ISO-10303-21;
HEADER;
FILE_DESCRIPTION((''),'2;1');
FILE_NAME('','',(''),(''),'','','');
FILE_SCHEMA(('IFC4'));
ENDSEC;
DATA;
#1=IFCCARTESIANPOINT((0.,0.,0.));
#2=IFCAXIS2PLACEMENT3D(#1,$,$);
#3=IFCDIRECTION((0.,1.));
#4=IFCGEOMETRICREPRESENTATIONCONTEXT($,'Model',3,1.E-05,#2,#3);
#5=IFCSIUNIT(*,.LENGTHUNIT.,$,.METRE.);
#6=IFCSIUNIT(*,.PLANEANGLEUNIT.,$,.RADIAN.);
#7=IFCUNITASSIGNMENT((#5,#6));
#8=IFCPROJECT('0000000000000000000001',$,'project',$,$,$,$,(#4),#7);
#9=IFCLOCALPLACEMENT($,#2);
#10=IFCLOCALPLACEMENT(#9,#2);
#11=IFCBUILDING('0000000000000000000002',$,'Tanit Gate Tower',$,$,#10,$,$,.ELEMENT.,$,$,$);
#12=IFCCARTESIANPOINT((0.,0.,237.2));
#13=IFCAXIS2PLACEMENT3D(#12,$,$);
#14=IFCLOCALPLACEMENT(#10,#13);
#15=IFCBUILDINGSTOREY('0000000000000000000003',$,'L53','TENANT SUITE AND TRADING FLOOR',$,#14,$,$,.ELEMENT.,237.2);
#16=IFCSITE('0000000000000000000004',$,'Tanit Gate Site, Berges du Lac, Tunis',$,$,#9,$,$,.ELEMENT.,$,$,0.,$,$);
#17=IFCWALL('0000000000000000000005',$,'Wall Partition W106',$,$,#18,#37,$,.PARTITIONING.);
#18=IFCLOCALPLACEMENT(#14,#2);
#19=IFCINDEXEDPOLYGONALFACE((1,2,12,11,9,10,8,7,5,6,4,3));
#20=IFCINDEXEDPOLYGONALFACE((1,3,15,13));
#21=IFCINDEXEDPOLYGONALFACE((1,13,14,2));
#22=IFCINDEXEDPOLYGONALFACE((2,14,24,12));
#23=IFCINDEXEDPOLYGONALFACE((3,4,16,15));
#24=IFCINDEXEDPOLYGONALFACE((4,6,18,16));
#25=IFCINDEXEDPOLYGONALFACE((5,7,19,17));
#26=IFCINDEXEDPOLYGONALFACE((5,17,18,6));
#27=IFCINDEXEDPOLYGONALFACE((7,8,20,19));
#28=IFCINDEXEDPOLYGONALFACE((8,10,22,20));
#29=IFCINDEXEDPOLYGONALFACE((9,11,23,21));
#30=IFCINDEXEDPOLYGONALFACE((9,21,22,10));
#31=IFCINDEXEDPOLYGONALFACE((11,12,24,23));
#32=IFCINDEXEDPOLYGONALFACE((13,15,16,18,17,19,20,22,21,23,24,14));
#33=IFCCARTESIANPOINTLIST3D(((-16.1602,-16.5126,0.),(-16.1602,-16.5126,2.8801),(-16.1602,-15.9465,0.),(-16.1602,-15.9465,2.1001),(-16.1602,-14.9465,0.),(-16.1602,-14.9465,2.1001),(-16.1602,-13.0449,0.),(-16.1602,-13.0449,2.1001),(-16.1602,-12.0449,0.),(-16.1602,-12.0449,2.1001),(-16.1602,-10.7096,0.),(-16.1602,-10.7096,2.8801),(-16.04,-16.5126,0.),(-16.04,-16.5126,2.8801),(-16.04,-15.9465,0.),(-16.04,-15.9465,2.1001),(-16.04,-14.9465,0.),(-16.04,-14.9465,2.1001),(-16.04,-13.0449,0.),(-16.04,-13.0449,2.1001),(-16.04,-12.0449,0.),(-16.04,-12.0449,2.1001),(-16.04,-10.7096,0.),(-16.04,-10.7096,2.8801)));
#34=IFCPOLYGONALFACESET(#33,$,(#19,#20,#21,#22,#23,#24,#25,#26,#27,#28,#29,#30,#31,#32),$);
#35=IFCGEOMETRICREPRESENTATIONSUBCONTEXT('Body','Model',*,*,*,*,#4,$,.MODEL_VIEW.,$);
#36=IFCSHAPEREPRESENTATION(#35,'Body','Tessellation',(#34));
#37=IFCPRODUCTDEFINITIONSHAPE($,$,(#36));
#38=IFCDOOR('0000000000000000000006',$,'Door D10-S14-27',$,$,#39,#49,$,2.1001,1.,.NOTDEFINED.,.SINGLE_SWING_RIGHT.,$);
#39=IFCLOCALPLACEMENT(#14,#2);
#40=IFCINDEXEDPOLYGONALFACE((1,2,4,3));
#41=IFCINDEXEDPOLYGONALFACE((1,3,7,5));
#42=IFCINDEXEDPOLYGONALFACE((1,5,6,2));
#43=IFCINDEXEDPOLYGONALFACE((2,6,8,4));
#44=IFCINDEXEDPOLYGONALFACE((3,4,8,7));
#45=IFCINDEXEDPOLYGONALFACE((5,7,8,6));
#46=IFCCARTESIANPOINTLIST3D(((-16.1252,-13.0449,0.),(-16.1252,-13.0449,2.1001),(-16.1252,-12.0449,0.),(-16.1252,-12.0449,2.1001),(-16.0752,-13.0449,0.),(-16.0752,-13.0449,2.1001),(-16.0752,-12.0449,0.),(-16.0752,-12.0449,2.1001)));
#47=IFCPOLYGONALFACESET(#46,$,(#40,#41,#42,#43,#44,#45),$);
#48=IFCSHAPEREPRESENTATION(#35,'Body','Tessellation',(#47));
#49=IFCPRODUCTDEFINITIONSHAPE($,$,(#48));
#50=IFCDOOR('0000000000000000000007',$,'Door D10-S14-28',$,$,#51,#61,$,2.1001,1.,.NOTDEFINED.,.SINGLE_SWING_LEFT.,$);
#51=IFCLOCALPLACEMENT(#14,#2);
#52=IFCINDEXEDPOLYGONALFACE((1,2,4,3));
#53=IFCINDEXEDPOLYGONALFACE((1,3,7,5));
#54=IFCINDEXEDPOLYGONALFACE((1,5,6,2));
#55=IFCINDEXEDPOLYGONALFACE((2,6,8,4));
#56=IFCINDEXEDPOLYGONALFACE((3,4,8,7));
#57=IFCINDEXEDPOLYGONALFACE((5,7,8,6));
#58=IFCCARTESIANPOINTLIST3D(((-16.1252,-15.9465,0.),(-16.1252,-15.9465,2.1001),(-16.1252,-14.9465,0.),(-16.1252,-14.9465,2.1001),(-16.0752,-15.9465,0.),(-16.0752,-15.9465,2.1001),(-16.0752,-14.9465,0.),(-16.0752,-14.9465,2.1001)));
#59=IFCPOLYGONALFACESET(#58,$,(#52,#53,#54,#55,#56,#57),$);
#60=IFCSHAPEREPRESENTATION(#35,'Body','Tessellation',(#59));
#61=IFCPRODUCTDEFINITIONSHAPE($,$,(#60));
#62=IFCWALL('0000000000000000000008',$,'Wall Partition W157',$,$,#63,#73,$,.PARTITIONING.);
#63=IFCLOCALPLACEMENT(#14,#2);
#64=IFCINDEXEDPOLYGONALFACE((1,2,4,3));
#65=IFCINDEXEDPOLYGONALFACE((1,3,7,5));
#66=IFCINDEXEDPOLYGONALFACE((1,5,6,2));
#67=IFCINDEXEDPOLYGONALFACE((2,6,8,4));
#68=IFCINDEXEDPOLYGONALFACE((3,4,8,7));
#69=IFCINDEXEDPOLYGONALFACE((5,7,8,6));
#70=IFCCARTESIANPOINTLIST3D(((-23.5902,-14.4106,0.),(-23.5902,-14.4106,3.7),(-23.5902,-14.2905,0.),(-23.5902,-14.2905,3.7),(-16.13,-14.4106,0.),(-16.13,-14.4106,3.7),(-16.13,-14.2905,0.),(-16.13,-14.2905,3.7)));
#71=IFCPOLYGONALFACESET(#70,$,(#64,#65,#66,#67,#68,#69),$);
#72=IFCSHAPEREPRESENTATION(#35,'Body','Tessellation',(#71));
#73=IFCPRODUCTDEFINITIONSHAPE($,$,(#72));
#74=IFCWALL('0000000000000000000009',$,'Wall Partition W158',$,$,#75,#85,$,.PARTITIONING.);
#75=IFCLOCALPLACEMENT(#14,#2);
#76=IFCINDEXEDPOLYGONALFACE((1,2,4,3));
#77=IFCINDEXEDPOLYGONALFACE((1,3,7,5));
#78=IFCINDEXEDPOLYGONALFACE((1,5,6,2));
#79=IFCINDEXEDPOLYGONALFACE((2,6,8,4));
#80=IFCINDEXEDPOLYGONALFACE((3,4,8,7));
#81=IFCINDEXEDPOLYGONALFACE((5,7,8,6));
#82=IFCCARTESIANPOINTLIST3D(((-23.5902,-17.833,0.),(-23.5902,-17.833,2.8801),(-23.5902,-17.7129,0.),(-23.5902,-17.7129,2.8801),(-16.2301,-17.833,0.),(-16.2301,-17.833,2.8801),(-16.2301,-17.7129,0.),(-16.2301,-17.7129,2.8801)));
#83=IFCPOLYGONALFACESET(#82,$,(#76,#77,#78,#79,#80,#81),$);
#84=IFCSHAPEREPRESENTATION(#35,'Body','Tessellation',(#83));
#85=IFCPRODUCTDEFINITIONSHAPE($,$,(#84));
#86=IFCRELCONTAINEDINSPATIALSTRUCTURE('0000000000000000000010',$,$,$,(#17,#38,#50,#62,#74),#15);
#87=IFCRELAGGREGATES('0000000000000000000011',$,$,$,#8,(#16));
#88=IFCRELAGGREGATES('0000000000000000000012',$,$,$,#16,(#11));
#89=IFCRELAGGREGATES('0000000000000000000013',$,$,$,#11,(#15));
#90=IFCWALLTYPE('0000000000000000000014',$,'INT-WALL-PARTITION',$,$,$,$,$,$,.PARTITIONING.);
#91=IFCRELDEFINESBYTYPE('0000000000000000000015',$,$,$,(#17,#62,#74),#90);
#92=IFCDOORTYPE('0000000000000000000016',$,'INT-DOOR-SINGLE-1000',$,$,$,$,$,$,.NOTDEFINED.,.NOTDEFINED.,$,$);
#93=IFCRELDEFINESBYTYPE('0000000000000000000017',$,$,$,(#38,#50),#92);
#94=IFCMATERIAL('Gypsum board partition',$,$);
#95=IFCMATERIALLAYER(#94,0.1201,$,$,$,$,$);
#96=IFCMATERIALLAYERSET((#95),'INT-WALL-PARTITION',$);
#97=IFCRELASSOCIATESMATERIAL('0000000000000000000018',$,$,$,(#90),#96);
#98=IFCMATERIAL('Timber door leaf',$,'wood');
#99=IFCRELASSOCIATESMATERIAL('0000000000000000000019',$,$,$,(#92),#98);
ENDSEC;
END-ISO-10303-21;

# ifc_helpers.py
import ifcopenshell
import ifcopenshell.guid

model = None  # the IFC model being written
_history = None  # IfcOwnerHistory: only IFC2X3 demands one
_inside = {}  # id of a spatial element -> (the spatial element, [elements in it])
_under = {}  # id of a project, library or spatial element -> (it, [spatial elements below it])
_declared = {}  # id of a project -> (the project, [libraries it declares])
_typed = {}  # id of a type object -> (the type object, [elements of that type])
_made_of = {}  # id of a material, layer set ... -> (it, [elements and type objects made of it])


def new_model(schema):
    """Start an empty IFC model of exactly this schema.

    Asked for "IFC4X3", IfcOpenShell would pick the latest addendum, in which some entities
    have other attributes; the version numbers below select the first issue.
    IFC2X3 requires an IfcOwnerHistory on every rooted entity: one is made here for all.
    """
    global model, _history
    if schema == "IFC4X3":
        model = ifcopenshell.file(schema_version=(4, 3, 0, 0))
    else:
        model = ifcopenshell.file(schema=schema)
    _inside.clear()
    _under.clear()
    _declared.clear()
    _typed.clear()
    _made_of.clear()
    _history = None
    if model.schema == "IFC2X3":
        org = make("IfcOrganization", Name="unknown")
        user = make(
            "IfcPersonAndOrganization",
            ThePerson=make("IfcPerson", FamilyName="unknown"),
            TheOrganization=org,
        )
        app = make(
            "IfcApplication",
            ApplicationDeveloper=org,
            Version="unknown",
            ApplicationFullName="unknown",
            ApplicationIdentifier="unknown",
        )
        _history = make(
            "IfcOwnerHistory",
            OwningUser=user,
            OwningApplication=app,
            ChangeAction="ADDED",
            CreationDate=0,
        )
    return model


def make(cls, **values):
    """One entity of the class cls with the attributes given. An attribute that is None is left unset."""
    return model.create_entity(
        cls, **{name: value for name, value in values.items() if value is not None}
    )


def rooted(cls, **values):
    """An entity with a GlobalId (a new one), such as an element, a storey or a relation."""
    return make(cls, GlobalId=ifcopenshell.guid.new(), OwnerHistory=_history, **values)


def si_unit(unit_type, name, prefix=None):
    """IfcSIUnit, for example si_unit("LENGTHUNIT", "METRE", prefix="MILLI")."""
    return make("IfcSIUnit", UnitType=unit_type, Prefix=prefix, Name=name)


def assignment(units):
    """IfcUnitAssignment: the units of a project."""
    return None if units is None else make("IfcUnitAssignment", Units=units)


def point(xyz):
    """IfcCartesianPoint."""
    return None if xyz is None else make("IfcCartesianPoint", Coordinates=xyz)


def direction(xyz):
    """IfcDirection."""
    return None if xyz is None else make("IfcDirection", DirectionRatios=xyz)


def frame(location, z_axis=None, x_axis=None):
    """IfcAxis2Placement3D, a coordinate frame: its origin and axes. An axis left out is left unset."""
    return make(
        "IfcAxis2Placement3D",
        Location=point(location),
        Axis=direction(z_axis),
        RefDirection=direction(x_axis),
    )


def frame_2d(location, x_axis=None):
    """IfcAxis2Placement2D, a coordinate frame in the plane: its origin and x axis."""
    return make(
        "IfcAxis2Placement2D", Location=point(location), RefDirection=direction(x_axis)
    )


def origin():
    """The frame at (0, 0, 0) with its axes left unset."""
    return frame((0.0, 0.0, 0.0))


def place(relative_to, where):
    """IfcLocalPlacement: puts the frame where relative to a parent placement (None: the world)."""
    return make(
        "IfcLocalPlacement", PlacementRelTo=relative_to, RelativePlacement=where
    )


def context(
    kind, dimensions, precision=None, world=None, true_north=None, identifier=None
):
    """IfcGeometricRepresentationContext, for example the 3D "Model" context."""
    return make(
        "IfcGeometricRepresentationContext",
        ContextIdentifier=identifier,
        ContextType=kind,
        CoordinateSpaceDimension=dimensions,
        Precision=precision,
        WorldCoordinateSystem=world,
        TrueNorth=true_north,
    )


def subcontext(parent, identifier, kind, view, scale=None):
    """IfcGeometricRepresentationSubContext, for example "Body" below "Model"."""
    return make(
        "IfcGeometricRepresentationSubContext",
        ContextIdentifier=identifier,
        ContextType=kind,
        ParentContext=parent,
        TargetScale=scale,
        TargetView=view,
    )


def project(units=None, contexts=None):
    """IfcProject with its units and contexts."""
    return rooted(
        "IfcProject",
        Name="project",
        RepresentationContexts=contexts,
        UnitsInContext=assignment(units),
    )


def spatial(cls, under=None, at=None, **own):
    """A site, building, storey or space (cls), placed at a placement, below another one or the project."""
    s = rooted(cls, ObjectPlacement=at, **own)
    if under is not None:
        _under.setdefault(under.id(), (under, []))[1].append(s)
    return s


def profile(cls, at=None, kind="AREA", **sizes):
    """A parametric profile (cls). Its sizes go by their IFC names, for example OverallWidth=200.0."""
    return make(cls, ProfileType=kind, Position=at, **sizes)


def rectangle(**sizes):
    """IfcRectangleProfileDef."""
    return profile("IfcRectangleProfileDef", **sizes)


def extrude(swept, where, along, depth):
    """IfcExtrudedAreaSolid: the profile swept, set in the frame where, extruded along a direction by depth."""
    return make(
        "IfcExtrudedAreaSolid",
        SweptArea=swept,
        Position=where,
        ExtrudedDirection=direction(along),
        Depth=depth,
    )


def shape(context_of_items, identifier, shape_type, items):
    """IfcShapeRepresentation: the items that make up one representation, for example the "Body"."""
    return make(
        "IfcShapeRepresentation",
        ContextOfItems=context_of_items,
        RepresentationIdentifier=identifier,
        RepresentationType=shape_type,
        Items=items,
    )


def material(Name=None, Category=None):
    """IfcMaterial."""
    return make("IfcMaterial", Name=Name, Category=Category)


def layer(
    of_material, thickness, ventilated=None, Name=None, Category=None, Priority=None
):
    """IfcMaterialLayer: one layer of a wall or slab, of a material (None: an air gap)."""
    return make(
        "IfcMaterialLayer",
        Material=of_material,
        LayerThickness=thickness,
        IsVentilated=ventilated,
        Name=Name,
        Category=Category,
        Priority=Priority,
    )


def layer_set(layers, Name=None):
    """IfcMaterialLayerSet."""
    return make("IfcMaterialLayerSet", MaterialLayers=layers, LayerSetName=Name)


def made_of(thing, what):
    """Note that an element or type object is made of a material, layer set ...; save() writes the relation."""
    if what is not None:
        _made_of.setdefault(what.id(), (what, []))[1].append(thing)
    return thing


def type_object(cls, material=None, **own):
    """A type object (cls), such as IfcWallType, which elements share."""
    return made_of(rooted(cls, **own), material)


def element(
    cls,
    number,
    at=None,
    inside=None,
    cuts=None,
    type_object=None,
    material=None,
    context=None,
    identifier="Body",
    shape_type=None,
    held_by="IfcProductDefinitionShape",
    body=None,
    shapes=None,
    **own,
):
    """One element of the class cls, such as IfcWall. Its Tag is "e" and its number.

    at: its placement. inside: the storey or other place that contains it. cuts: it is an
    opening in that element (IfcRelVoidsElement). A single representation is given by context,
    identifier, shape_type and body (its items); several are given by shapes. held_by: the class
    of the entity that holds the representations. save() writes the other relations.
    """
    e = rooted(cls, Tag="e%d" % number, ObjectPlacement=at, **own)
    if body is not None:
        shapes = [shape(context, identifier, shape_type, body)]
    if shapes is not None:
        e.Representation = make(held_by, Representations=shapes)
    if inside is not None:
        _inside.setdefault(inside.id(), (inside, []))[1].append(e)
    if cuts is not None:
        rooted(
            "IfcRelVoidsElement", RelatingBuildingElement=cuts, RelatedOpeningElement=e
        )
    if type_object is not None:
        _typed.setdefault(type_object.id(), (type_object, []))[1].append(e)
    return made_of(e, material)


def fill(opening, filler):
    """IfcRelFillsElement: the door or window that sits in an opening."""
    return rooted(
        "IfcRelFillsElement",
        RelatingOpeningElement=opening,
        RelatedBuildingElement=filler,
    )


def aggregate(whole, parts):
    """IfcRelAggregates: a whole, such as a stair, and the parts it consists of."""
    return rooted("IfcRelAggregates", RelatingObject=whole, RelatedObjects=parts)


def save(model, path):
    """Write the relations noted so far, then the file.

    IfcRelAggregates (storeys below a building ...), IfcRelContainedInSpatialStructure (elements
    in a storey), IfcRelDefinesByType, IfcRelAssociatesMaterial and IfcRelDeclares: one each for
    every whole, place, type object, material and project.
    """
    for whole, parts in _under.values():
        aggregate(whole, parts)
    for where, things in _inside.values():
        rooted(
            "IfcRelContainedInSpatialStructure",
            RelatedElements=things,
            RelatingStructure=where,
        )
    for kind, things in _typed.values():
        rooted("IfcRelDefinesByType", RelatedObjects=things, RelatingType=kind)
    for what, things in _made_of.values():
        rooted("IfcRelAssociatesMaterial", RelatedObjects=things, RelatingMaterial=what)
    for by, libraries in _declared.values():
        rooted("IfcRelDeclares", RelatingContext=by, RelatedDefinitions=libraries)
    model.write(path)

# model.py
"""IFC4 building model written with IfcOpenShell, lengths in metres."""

from ifc_helpers import new_model, si_unit, direction, frame, frame_2d, origin, place, context, subcontext, project, spatial, rectangle, extrude, material, layer, layer_set, type_object, element, fill, save


model = new_model("IFC4")

# Units and contexts
model_context = context("Model", 3, precision=1e-05, world=origin(), true_north=direction((0.0, 1.0)))
body_context = subcontext(model_context, "Body", "Model", "MODEL_VIEW")
ifc_project = project(units=[si_unit("LENGTHUNIT", "METRE"), si_unit("PLANEANGLEUNIT", "RADIAN")], contexts=[model_context])

# Site, building, storey
site_placement = place(None, origin())
site = spatial("IfcSite", under=ifc_project, at=site_placement, Name="Tanit Gate Site, Berges du Lac, Tunis", CompositionType="ELEMENT", RefElevation=0.0)
building_placement = place(site_placement, origin())
building = spatial("IfcBuilding", under=site, at=building_placement, Name="Tanit Gate Tower", CompositionType="ELEMENT")
storey_placement = place(building_placement, frame((0.0, 0.0, 237.2)))
storey = spatial("IfcBuildingStorey", under=building, at=storey_placement, Name="L53", Description="TENANT SUITE AND TRADING FLOOR", CompositionType="ELEMENT", Elevation=237.2)

# Wall, openings, doors
ifc_material_1 = material(Name="Gypsum board partition")
ifc_layer_1 = layer(ifc_material_1, 0.1201)
ifc_layer_set_1 = layer_set([ifc_layer_1], Name="INT-WALL-PARTITION")
wall_type_1 = type_object("IfcWallType", Name="INT-WALL-PARTITION", PredefinedType="PARTITIONING", material=ifc_layer_set_1)
wall_1_placement = place(storey_placement, frame((-16.1001, -10.7097, 0.0), z_axis=(0.0, 0.0, 1.0), x_axis=(0.0, -1.0, 0.0)))
wall_1 = element("IfcWall", 1, at=wall_1_placement, inside=storey, type_object=wall_type_1, Name="Wall Partition W106", PredefinedType="PARTITIONING", context=body_context, shape_type="SweptSolid", body=[
    extrude(rectangle(XDim=5.803, YDim=0.1201, at=frame_2d((2.9014, 0.0))), origin(), (0.0, 0.0, 1.0), 2.8801),
])
opening_1_placement = place(wall_1_placement, frame((1.3352, 0.0, 0.0)))
opening_1 = element("IfcOpeningElement", 2, at=opening_1_placement, cuts=wall_1, PredefinedType="OPENING", context=body_context, shape_type="SweptSolid", body=[
    extrude(rectangle(XDim=1.0, YDim=2.1001, at=frame_2d((0.5, 1.05))), frame((0.0, 0.0701, 0.0), z_axis=(0.0, -1.0, 0.0), x_axis=(1.0, 0.0, 0.0)), (0.0, 0.0, 1.0), 0.1401),
])
opening_2_placement = place(wall_1_placement, frame((4.2368, 0.0, 0.0)))
opening_2 = element("IfcOpeningElement", 3, at=opening_2_placement, cuts=wall_1, PredefinedType="OPENING", context=body_context, shape_type="SweptSolid", body=[
    extrude(rectangle(XDim=1.0, YDim=2.1001, at=frame_2d((0.5, 1.05))), frame((0.0, 0.0701, 0.0), z_axis=(0.0, -1.0, 0.0), x_axis=(1.0, 0.0, 0.0)), (0.0, 0.0, 1.0), 0.1401),
])
ifc_material_2 = material(Name="Timber door leaf", Category="wood")
door_type = type_object("IfcDoorType", Name="INT-DOOR-SINGLE-1000", OperationType="NOTDEFINED", PredefinedType="NOTDEFINED", material=ifc_material_2)
door_1_placement = place(opening_1_placement, origin())
door_1 = element("IfcDoor", 4, at=door_1_placement, inside=storey, type_object=door_type, Name="Door D10-S14-27", OperationType="SINGLE_SWING_RIGHT", OverallHeight=2.1001, OverallWidth=1.0, PredefinedType="NOTDEFINED", context=body_context, shape_type="SweptSolid", body=[
    extrude(rectangle(XDim=1.0, YDim=2.1001, at=frame_2d((0.5, 1.05))), frame((0.0, 0.0249, 0.0), z_axis=(0.0, -1.0, 0.0), x_axis=(1.0, 0.0, 0.0)), (0.0, 0.0, 1.0), 0.05),
])
fill(opening_1, door_1)
door_2_placement = place(opening_2_placement, origin())
door_2 = element("IfcDoor", 5, at=door_2_placement, inside=storey, type_object=door_type, Name="Door D10-S14-28", OperationType="SINGLE_SWING_LEFT", OverallHeight=2.1001, OverallWidth=1.0, PredefinedType="NOTDEFINED", context=body_context, shape_type="SweptSolid", body=[
    extrude(rectangle(XDim=1.0, YDim=2.1001, at=frame_2d((0.5, 1.05))), frame((0.0, 0.0249, 0.0), z_axis=(0.0, -1.0, 0.0), x_axis=(1.0, 0.0, 0.0)), (0.0, 0.0, 1.0), 0.05),
])
fill(opening_2, door_2)

# Walls
wall_2_placement = place(storey_placement, frame((-23.5901, -14.3506, 0.0), z_axis=(0.0, 0.0, 1.0), x_axis=(1.0, 0.0, 0.0)))
element("IfcWall", 6, at=wall_2_placement, inside=storey, type_object=wall_type_1, Name="Wall Partition W157", PredefinedType="PARTITIONING", context=body_context, shape_type="SweptSolid", body=[
    extrude(rectangle(XDim=7.4602, YDim=0.1201, at=frame_2d((3.73, 0.0))), origin(), (0.0, 0.0, 1.0), 3.7),
])
wall_3_placement = place(storey_placement, frame((-16.23, -17.7729, 0.0), z_axis=(0.0, 0.0, 1.0), x_axis=(-1.0, 0.0, 0.0)))
element("IfcWall", 7, at=wall_3_placement, inside=storey, type_object=wall_type_1, Name="Wall Partition W158", PredefinedType="PARTITIONING", context=body_context, shape_type="SweptSolid", body=[
    extrude(rectangle(XDim=7.3601, YDim=0.1201, at=frame_2d((3.6802, 0.0))), origin(), (0.0, 0.0, 1.0), 2.8801),
])

save(model, "model.ifc")
